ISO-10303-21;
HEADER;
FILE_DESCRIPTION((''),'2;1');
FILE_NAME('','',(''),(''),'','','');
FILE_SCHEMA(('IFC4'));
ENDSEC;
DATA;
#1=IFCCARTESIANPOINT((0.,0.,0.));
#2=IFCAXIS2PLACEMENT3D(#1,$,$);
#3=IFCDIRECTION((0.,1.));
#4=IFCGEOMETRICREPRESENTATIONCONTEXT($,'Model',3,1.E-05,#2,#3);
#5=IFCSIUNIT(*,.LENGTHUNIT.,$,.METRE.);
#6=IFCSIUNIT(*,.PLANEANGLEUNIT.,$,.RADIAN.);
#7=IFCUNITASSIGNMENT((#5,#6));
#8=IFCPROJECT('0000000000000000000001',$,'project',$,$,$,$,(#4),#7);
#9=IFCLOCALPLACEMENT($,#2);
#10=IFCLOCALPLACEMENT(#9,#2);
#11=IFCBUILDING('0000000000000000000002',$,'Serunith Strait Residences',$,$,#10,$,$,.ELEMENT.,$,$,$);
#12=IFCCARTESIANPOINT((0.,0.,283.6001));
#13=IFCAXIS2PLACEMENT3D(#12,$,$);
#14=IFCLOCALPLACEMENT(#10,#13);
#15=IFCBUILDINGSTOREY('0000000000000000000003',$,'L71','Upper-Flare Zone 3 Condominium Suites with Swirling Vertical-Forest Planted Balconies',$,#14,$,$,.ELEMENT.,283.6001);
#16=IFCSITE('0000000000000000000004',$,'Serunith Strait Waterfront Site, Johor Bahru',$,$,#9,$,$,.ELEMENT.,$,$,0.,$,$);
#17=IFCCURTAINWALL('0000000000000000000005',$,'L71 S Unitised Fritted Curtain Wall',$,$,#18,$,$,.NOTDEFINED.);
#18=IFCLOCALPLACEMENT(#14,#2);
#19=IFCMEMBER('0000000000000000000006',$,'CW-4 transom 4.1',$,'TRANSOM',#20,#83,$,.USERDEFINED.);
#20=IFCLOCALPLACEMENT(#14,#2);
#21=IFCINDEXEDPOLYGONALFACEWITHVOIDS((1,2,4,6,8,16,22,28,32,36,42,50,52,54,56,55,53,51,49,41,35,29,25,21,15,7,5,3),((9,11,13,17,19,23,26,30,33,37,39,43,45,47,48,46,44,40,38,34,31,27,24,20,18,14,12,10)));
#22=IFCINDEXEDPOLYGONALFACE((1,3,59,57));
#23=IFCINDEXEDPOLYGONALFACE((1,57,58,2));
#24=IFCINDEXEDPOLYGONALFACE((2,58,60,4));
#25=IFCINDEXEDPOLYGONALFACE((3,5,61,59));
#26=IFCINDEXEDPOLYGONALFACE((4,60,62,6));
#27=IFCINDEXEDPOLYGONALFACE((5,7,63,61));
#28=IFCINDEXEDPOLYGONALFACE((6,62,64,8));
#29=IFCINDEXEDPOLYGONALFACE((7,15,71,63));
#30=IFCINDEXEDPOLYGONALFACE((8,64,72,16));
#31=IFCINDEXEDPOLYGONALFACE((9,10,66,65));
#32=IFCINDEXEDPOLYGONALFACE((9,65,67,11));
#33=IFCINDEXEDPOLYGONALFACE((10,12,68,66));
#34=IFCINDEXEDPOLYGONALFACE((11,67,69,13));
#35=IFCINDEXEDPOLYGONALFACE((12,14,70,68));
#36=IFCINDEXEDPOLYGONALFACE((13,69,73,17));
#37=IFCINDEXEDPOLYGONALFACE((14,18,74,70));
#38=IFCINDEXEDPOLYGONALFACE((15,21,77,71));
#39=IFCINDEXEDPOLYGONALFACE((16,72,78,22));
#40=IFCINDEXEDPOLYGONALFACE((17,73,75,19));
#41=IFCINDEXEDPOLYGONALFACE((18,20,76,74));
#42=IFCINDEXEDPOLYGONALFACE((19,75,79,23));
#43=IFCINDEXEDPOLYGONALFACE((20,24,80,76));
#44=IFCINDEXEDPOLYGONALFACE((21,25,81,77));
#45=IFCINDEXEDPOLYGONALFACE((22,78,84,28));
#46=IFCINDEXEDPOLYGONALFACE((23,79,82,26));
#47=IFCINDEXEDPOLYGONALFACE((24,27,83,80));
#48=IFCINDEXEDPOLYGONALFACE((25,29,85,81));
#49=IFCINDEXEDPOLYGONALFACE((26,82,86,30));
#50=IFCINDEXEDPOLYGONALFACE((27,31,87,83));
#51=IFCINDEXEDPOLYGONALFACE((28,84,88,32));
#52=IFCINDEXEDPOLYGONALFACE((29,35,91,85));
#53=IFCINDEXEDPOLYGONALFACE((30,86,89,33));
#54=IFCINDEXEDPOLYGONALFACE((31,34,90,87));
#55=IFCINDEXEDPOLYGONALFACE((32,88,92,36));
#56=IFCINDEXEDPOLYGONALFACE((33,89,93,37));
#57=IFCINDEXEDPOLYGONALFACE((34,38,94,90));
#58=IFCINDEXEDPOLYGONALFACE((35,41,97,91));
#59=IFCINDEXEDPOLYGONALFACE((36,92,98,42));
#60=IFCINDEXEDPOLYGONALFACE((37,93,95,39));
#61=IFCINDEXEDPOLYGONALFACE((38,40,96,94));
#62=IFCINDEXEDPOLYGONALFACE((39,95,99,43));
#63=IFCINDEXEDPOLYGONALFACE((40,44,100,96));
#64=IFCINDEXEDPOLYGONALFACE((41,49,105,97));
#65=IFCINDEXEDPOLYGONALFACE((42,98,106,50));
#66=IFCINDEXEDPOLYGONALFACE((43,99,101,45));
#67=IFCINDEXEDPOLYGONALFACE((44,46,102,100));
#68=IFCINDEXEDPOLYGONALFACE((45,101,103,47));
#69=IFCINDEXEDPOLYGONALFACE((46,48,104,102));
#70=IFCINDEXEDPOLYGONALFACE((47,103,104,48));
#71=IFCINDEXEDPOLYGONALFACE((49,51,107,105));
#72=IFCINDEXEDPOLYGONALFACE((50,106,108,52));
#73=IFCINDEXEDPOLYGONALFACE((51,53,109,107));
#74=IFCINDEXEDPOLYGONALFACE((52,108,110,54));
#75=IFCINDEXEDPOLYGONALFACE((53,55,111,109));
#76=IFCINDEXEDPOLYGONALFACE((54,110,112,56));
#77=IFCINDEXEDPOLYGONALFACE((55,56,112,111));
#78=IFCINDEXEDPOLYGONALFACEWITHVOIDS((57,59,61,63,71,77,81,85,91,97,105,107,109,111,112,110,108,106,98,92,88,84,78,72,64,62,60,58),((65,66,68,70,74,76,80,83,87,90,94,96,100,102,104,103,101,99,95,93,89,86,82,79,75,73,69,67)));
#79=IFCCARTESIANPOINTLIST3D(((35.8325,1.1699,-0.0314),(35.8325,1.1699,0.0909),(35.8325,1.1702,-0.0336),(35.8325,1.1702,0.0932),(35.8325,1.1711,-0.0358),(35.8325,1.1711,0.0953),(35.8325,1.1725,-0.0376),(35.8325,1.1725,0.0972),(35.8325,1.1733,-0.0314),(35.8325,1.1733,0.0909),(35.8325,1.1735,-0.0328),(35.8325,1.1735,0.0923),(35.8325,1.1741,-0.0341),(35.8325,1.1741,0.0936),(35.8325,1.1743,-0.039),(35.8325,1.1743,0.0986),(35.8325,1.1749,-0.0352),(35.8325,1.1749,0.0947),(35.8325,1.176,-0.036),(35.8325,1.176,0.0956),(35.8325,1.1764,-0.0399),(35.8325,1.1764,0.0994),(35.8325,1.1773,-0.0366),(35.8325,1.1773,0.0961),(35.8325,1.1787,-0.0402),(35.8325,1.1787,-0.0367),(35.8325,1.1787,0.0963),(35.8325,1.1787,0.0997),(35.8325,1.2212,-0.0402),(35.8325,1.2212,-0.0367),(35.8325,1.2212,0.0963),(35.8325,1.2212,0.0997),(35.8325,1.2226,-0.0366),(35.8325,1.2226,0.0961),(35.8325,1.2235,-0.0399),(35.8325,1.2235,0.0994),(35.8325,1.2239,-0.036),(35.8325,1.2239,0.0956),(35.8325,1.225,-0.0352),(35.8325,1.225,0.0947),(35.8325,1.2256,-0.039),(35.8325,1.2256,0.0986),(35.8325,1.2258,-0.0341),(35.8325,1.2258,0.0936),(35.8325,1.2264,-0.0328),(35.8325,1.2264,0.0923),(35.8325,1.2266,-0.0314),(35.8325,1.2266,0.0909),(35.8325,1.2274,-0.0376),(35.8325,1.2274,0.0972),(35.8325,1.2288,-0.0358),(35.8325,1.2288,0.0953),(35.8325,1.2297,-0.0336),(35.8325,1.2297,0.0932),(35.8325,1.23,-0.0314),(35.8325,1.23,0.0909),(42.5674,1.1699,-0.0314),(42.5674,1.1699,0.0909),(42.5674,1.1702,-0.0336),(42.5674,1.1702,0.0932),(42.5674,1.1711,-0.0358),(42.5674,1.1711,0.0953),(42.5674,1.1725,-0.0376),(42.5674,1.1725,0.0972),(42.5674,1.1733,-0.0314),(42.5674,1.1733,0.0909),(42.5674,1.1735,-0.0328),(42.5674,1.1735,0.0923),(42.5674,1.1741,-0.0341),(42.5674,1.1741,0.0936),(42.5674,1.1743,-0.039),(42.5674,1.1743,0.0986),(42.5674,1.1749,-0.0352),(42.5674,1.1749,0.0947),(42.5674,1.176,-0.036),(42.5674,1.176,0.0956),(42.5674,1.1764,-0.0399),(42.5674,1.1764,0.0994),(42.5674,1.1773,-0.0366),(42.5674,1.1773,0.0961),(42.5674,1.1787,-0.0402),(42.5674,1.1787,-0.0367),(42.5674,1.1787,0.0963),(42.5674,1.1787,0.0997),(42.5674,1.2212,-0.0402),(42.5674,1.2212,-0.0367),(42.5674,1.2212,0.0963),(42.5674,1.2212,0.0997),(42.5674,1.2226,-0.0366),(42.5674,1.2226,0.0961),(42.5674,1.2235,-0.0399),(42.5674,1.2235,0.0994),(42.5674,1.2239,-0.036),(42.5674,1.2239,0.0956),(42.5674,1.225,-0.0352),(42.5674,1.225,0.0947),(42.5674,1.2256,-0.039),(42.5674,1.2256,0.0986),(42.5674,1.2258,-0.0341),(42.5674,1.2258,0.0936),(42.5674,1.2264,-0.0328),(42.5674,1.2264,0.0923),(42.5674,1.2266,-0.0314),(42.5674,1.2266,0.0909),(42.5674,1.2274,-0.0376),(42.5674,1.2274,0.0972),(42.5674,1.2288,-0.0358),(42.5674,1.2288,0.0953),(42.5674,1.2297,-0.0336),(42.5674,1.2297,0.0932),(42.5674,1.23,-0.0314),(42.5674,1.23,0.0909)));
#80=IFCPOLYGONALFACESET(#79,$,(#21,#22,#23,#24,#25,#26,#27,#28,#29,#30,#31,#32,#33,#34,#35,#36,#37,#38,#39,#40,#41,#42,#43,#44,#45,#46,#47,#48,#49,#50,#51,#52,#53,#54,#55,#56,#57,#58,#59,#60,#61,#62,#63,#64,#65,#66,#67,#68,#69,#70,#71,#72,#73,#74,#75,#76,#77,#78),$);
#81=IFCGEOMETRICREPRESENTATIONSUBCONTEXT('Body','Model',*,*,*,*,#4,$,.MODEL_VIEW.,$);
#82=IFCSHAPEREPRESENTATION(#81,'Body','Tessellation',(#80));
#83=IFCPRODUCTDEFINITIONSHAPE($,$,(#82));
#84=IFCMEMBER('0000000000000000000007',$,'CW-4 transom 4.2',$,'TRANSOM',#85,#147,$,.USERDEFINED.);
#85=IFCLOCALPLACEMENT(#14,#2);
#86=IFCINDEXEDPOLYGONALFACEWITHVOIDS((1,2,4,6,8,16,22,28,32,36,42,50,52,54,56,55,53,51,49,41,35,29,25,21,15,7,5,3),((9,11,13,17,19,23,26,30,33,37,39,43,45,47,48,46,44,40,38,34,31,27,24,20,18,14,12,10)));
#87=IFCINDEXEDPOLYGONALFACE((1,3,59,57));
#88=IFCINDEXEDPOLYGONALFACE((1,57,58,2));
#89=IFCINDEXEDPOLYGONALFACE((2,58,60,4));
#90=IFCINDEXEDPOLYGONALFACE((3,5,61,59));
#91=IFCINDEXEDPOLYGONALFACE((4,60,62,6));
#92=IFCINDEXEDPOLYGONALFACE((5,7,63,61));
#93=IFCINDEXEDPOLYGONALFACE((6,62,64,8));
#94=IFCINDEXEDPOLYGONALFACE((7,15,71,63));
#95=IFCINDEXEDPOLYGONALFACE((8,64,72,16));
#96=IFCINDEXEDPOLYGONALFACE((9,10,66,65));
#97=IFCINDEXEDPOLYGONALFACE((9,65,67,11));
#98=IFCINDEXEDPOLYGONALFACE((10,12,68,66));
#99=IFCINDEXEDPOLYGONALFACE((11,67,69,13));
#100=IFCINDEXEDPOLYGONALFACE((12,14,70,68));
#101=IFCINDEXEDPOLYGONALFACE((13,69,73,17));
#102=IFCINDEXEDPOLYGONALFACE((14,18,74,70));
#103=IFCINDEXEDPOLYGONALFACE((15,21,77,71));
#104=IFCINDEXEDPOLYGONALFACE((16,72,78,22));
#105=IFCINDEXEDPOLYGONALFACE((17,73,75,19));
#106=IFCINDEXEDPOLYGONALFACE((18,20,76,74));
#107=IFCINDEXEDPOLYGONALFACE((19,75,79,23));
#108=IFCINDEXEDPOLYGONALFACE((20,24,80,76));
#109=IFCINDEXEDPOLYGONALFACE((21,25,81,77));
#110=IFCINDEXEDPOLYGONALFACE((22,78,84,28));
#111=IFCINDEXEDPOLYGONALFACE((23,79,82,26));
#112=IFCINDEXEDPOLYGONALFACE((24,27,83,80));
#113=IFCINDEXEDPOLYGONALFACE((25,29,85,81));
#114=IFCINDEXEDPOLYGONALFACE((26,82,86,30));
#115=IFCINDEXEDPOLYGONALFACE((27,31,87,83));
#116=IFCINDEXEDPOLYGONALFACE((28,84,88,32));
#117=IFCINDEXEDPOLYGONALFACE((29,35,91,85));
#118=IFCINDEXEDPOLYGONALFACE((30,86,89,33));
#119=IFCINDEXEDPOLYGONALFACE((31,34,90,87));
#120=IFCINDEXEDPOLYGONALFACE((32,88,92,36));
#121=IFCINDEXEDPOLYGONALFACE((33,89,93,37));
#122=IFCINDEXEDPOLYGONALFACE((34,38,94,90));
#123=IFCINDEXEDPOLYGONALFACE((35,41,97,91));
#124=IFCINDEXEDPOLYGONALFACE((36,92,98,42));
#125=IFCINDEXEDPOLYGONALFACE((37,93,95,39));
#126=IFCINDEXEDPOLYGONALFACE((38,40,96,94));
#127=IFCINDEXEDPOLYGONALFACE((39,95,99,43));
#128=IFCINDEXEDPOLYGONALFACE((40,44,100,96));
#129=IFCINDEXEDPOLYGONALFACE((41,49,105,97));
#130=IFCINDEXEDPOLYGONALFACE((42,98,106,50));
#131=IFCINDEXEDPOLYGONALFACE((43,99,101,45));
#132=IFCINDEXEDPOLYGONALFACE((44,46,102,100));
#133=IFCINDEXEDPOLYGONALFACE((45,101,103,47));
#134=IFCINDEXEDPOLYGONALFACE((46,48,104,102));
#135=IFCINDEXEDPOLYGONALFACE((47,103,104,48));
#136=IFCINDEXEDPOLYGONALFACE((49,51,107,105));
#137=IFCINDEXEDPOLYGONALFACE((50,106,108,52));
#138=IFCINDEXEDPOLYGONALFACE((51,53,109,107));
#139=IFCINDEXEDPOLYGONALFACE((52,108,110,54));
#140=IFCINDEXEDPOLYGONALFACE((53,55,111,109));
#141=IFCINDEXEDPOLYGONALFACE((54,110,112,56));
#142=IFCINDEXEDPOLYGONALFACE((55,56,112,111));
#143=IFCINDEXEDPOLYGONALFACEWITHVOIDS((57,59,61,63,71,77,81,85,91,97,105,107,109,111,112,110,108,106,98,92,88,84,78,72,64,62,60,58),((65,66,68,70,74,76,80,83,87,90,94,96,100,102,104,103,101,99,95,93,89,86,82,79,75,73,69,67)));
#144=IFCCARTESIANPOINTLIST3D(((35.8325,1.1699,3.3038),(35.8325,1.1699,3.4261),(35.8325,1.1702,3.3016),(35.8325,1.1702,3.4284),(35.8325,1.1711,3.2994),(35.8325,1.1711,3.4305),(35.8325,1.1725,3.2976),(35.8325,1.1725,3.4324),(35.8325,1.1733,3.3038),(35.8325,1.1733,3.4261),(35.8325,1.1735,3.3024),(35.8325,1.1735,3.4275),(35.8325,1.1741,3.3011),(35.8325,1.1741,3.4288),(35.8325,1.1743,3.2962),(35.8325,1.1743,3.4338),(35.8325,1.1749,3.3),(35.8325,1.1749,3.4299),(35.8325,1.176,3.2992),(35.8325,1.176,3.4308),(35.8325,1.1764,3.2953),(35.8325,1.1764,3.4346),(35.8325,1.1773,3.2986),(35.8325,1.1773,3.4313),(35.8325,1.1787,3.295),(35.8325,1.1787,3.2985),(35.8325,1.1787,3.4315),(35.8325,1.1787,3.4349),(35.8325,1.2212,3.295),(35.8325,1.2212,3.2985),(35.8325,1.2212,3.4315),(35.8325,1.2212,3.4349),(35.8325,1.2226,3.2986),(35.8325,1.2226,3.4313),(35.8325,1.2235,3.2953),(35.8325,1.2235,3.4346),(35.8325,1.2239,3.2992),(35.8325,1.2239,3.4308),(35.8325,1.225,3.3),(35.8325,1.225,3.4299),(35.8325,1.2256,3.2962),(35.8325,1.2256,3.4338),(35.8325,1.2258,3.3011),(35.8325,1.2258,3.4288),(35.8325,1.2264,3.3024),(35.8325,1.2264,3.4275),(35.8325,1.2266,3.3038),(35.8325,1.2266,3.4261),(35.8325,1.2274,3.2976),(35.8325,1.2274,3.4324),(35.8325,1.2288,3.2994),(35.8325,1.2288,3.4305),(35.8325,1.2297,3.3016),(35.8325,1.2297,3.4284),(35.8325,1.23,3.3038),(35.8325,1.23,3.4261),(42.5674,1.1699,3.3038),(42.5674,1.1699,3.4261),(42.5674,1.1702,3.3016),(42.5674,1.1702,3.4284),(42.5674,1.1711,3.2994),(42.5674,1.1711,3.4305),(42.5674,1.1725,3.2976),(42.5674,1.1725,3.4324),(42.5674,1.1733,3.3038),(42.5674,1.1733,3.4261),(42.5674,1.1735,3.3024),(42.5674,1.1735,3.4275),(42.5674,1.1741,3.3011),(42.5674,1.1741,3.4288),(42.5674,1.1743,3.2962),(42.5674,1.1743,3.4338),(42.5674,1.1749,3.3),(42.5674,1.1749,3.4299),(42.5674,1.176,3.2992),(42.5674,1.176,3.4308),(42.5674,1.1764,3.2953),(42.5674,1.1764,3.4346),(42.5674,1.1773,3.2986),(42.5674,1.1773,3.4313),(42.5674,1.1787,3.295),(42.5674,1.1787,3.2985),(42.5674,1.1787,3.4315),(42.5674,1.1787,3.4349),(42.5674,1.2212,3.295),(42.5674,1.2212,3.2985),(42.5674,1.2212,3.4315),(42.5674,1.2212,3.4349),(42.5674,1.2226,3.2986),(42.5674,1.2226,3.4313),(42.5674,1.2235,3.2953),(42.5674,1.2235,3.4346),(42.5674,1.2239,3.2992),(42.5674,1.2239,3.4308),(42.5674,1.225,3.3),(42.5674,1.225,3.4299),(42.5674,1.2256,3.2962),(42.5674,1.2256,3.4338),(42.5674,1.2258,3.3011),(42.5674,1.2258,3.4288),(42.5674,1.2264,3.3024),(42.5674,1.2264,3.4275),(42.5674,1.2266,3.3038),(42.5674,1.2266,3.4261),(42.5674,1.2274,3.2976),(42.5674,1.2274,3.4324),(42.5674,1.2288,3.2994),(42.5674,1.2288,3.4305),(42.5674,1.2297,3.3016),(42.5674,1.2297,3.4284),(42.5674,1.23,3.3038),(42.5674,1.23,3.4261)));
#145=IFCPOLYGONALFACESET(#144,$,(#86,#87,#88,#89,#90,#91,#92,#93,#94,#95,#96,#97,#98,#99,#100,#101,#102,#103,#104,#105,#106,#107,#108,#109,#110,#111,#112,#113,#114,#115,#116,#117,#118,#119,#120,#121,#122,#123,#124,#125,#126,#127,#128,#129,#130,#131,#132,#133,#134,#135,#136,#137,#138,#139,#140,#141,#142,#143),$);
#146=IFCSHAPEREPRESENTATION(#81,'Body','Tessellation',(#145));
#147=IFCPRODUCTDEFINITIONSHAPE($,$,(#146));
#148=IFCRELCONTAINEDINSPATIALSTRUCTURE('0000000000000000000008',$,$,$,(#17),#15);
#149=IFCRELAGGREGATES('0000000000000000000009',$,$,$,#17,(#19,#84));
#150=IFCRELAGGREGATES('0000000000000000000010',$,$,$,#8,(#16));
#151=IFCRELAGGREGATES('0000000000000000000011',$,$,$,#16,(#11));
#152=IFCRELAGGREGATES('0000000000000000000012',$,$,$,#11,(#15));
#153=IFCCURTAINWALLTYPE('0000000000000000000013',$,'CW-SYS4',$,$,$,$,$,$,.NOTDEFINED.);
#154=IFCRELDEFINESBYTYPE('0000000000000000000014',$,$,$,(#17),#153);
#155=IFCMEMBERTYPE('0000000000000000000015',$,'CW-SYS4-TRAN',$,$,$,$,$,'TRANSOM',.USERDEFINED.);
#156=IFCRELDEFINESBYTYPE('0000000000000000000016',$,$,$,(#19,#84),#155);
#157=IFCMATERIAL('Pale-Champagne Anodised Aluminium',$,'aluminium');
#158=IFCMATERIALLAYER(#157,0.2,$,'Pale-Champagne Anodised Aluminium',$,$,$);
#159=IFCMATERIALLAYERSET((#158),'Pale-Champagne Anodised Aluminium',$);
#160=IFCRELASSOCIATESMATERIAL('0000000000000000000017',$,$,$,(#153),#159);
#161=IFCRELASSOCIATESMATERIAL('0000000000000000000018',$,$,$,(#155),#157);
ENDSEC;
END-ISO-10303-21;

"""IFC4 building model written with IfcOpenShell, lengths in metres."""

from ifc_helpers import new_model, si_unit, direction, frame, origin, origin_2d, place, context, subcontext, project, spatial, hollow_rectangle, extrude, source, transform, mapped, material, layer, layer_set, material_profile, profile_set, type_object, element, aggregate, save


model = new_model("IFC4")

# Units and contexts
model_context = context("Model", 3, precision=1e-05, world=origin(), true_north=direction((0.0, 1.0)))
body_context = subcontext(model_context, "Body", "Model", "MODEL_VIEW")
ifc_project = project(units=[si_unit("LENGTHUNIT", "METRE"), si_unit("PLANEANGLEUNIT", "RADIAN")], contexts=[model_context])

# Site, building, storey
site_placement = place(None, origin())
site = spatial("IfcSite", under=ifc_project, at=site_placement, Name="Serunith Strait Waterfront Site, Johor Bahru", CompositionType="ELEMENT", RefElevation=0.0)
building_placement = place(site_placement, origin())
building = spatial("IfcBuilding", under=site, at=building_placement, Name="Serunith Strait Residences", CompositionType="ELEMENT")
storey_placement = place(building_placement, frame((0.0, 0.0, 283.6001)))
storey = spatial("IfcBuildingStorey", under=building, at=storey_placement, Name="L71", Description="Upper-Flare Zone 3 Condominium Suites with Swirling Vertical-Forest Planted Balconies", CompositionType="ELEMENT", Elevation=283.6001)

# Curtain wall, members
ifc_material_1 = material(Name="Pale-Champagne Anodised Aluminium", Category="aluminium")
ifc_layer_1 = layer(ifc_material_1, 0.2, Name="Pale-Champagne Anodised Aluminium")
ifc_layer_set_1 = layer_set([ifc_layer_1], Name="Pale-Champagne Anodised Aluminium")
curtain_wall_type = type_object("IfcCurtainWallType", Name="CW-SYS4", PredefinedType="NOTDEFINED", material=ifc_layer_set_1)
curtain_wall_placement = place(storey_placement, origin())
curtain_wall = element("IfcCurtainWall", 1, at=curtain_wall_placement, inside=storey, type_object=curtain_wall_type, Name="L71 S Unitised Fritted Curtain Wall", PredefinedType="NOTDEFINED")
ifc_material_profile_1 = material_profile(ifc_material_1, hollow_rectangle(XDim=0.0601, YDim=0.1399, WallThickness=0.0034, InnerFilletRadius=0.0054, OuterFilletRadius=0.0088, at=origin_2d()), Name="ALU 140x60x3.5")
ifc_profile_set_1 = profile_set([ifc_material_profile_1], Name="Pale-Champagne Anodised Aluminium")
member_type_1 = type_object("IfcMemberType", Name="CW-SYS4-TRAN", ElementType="TRANSOM", PredefinedType="USERDEFINED", material=ifc_profile_set_1)
shared_shape_1 = source(origin(), body_context, "Body", "SweptSolid", [
    extrude(hollow_rectangle(XDim=0.0601, YDim=0.1399, WallThickness=0.0034, InnerFilletRadius=0.0054, OuterFilletRadius=0.0088, at=origin_2d()), origin(), (0.0, 0.0, 1.0), 6.7349),
])
member_1_placement = place(storey_placement, frame((35.8325, 1.2, 0.0298), z_axis=(1.0, 0.0, 0.0), x_axis=(0.0, 1.0, 0.0)))
member_1 = element("IfcMember", 2, at=member_1_placement, type_object=member_type_1, Name="CW-4 transom 4.1", ObjectType="TRANSOM", PredefinedType="USERDEFINED", context=body_context, shape_type="MappedRepresentation", body=[
    mapped(shared_shape_1, transform((0.0, 0.0, 0.0), scale=1.0)),
])
member_2_placement = place(storey_placement, frame((35.8325, 1.2, 3.365), z_axis=(1.0, 0.0, 0.0), x_axis=(0.0, 1.0, 0.0)))
member_2 = element("IfcMember", 3, at=member_2_placement, type_object=member_type_1, Name="CW-4 transom 4.2", ObjectType="TRANSOM", PredefinedType="USERDEFINED", context=body_context, shape_type="MappedRepresentation", body=[
    mapped(shared_shape_1, transform((0.0, 0.0, 0.0), scale=1.0)),
])
aggregate(curtain_wall, [member_1, member_2])

save(model, "model.ifc")
